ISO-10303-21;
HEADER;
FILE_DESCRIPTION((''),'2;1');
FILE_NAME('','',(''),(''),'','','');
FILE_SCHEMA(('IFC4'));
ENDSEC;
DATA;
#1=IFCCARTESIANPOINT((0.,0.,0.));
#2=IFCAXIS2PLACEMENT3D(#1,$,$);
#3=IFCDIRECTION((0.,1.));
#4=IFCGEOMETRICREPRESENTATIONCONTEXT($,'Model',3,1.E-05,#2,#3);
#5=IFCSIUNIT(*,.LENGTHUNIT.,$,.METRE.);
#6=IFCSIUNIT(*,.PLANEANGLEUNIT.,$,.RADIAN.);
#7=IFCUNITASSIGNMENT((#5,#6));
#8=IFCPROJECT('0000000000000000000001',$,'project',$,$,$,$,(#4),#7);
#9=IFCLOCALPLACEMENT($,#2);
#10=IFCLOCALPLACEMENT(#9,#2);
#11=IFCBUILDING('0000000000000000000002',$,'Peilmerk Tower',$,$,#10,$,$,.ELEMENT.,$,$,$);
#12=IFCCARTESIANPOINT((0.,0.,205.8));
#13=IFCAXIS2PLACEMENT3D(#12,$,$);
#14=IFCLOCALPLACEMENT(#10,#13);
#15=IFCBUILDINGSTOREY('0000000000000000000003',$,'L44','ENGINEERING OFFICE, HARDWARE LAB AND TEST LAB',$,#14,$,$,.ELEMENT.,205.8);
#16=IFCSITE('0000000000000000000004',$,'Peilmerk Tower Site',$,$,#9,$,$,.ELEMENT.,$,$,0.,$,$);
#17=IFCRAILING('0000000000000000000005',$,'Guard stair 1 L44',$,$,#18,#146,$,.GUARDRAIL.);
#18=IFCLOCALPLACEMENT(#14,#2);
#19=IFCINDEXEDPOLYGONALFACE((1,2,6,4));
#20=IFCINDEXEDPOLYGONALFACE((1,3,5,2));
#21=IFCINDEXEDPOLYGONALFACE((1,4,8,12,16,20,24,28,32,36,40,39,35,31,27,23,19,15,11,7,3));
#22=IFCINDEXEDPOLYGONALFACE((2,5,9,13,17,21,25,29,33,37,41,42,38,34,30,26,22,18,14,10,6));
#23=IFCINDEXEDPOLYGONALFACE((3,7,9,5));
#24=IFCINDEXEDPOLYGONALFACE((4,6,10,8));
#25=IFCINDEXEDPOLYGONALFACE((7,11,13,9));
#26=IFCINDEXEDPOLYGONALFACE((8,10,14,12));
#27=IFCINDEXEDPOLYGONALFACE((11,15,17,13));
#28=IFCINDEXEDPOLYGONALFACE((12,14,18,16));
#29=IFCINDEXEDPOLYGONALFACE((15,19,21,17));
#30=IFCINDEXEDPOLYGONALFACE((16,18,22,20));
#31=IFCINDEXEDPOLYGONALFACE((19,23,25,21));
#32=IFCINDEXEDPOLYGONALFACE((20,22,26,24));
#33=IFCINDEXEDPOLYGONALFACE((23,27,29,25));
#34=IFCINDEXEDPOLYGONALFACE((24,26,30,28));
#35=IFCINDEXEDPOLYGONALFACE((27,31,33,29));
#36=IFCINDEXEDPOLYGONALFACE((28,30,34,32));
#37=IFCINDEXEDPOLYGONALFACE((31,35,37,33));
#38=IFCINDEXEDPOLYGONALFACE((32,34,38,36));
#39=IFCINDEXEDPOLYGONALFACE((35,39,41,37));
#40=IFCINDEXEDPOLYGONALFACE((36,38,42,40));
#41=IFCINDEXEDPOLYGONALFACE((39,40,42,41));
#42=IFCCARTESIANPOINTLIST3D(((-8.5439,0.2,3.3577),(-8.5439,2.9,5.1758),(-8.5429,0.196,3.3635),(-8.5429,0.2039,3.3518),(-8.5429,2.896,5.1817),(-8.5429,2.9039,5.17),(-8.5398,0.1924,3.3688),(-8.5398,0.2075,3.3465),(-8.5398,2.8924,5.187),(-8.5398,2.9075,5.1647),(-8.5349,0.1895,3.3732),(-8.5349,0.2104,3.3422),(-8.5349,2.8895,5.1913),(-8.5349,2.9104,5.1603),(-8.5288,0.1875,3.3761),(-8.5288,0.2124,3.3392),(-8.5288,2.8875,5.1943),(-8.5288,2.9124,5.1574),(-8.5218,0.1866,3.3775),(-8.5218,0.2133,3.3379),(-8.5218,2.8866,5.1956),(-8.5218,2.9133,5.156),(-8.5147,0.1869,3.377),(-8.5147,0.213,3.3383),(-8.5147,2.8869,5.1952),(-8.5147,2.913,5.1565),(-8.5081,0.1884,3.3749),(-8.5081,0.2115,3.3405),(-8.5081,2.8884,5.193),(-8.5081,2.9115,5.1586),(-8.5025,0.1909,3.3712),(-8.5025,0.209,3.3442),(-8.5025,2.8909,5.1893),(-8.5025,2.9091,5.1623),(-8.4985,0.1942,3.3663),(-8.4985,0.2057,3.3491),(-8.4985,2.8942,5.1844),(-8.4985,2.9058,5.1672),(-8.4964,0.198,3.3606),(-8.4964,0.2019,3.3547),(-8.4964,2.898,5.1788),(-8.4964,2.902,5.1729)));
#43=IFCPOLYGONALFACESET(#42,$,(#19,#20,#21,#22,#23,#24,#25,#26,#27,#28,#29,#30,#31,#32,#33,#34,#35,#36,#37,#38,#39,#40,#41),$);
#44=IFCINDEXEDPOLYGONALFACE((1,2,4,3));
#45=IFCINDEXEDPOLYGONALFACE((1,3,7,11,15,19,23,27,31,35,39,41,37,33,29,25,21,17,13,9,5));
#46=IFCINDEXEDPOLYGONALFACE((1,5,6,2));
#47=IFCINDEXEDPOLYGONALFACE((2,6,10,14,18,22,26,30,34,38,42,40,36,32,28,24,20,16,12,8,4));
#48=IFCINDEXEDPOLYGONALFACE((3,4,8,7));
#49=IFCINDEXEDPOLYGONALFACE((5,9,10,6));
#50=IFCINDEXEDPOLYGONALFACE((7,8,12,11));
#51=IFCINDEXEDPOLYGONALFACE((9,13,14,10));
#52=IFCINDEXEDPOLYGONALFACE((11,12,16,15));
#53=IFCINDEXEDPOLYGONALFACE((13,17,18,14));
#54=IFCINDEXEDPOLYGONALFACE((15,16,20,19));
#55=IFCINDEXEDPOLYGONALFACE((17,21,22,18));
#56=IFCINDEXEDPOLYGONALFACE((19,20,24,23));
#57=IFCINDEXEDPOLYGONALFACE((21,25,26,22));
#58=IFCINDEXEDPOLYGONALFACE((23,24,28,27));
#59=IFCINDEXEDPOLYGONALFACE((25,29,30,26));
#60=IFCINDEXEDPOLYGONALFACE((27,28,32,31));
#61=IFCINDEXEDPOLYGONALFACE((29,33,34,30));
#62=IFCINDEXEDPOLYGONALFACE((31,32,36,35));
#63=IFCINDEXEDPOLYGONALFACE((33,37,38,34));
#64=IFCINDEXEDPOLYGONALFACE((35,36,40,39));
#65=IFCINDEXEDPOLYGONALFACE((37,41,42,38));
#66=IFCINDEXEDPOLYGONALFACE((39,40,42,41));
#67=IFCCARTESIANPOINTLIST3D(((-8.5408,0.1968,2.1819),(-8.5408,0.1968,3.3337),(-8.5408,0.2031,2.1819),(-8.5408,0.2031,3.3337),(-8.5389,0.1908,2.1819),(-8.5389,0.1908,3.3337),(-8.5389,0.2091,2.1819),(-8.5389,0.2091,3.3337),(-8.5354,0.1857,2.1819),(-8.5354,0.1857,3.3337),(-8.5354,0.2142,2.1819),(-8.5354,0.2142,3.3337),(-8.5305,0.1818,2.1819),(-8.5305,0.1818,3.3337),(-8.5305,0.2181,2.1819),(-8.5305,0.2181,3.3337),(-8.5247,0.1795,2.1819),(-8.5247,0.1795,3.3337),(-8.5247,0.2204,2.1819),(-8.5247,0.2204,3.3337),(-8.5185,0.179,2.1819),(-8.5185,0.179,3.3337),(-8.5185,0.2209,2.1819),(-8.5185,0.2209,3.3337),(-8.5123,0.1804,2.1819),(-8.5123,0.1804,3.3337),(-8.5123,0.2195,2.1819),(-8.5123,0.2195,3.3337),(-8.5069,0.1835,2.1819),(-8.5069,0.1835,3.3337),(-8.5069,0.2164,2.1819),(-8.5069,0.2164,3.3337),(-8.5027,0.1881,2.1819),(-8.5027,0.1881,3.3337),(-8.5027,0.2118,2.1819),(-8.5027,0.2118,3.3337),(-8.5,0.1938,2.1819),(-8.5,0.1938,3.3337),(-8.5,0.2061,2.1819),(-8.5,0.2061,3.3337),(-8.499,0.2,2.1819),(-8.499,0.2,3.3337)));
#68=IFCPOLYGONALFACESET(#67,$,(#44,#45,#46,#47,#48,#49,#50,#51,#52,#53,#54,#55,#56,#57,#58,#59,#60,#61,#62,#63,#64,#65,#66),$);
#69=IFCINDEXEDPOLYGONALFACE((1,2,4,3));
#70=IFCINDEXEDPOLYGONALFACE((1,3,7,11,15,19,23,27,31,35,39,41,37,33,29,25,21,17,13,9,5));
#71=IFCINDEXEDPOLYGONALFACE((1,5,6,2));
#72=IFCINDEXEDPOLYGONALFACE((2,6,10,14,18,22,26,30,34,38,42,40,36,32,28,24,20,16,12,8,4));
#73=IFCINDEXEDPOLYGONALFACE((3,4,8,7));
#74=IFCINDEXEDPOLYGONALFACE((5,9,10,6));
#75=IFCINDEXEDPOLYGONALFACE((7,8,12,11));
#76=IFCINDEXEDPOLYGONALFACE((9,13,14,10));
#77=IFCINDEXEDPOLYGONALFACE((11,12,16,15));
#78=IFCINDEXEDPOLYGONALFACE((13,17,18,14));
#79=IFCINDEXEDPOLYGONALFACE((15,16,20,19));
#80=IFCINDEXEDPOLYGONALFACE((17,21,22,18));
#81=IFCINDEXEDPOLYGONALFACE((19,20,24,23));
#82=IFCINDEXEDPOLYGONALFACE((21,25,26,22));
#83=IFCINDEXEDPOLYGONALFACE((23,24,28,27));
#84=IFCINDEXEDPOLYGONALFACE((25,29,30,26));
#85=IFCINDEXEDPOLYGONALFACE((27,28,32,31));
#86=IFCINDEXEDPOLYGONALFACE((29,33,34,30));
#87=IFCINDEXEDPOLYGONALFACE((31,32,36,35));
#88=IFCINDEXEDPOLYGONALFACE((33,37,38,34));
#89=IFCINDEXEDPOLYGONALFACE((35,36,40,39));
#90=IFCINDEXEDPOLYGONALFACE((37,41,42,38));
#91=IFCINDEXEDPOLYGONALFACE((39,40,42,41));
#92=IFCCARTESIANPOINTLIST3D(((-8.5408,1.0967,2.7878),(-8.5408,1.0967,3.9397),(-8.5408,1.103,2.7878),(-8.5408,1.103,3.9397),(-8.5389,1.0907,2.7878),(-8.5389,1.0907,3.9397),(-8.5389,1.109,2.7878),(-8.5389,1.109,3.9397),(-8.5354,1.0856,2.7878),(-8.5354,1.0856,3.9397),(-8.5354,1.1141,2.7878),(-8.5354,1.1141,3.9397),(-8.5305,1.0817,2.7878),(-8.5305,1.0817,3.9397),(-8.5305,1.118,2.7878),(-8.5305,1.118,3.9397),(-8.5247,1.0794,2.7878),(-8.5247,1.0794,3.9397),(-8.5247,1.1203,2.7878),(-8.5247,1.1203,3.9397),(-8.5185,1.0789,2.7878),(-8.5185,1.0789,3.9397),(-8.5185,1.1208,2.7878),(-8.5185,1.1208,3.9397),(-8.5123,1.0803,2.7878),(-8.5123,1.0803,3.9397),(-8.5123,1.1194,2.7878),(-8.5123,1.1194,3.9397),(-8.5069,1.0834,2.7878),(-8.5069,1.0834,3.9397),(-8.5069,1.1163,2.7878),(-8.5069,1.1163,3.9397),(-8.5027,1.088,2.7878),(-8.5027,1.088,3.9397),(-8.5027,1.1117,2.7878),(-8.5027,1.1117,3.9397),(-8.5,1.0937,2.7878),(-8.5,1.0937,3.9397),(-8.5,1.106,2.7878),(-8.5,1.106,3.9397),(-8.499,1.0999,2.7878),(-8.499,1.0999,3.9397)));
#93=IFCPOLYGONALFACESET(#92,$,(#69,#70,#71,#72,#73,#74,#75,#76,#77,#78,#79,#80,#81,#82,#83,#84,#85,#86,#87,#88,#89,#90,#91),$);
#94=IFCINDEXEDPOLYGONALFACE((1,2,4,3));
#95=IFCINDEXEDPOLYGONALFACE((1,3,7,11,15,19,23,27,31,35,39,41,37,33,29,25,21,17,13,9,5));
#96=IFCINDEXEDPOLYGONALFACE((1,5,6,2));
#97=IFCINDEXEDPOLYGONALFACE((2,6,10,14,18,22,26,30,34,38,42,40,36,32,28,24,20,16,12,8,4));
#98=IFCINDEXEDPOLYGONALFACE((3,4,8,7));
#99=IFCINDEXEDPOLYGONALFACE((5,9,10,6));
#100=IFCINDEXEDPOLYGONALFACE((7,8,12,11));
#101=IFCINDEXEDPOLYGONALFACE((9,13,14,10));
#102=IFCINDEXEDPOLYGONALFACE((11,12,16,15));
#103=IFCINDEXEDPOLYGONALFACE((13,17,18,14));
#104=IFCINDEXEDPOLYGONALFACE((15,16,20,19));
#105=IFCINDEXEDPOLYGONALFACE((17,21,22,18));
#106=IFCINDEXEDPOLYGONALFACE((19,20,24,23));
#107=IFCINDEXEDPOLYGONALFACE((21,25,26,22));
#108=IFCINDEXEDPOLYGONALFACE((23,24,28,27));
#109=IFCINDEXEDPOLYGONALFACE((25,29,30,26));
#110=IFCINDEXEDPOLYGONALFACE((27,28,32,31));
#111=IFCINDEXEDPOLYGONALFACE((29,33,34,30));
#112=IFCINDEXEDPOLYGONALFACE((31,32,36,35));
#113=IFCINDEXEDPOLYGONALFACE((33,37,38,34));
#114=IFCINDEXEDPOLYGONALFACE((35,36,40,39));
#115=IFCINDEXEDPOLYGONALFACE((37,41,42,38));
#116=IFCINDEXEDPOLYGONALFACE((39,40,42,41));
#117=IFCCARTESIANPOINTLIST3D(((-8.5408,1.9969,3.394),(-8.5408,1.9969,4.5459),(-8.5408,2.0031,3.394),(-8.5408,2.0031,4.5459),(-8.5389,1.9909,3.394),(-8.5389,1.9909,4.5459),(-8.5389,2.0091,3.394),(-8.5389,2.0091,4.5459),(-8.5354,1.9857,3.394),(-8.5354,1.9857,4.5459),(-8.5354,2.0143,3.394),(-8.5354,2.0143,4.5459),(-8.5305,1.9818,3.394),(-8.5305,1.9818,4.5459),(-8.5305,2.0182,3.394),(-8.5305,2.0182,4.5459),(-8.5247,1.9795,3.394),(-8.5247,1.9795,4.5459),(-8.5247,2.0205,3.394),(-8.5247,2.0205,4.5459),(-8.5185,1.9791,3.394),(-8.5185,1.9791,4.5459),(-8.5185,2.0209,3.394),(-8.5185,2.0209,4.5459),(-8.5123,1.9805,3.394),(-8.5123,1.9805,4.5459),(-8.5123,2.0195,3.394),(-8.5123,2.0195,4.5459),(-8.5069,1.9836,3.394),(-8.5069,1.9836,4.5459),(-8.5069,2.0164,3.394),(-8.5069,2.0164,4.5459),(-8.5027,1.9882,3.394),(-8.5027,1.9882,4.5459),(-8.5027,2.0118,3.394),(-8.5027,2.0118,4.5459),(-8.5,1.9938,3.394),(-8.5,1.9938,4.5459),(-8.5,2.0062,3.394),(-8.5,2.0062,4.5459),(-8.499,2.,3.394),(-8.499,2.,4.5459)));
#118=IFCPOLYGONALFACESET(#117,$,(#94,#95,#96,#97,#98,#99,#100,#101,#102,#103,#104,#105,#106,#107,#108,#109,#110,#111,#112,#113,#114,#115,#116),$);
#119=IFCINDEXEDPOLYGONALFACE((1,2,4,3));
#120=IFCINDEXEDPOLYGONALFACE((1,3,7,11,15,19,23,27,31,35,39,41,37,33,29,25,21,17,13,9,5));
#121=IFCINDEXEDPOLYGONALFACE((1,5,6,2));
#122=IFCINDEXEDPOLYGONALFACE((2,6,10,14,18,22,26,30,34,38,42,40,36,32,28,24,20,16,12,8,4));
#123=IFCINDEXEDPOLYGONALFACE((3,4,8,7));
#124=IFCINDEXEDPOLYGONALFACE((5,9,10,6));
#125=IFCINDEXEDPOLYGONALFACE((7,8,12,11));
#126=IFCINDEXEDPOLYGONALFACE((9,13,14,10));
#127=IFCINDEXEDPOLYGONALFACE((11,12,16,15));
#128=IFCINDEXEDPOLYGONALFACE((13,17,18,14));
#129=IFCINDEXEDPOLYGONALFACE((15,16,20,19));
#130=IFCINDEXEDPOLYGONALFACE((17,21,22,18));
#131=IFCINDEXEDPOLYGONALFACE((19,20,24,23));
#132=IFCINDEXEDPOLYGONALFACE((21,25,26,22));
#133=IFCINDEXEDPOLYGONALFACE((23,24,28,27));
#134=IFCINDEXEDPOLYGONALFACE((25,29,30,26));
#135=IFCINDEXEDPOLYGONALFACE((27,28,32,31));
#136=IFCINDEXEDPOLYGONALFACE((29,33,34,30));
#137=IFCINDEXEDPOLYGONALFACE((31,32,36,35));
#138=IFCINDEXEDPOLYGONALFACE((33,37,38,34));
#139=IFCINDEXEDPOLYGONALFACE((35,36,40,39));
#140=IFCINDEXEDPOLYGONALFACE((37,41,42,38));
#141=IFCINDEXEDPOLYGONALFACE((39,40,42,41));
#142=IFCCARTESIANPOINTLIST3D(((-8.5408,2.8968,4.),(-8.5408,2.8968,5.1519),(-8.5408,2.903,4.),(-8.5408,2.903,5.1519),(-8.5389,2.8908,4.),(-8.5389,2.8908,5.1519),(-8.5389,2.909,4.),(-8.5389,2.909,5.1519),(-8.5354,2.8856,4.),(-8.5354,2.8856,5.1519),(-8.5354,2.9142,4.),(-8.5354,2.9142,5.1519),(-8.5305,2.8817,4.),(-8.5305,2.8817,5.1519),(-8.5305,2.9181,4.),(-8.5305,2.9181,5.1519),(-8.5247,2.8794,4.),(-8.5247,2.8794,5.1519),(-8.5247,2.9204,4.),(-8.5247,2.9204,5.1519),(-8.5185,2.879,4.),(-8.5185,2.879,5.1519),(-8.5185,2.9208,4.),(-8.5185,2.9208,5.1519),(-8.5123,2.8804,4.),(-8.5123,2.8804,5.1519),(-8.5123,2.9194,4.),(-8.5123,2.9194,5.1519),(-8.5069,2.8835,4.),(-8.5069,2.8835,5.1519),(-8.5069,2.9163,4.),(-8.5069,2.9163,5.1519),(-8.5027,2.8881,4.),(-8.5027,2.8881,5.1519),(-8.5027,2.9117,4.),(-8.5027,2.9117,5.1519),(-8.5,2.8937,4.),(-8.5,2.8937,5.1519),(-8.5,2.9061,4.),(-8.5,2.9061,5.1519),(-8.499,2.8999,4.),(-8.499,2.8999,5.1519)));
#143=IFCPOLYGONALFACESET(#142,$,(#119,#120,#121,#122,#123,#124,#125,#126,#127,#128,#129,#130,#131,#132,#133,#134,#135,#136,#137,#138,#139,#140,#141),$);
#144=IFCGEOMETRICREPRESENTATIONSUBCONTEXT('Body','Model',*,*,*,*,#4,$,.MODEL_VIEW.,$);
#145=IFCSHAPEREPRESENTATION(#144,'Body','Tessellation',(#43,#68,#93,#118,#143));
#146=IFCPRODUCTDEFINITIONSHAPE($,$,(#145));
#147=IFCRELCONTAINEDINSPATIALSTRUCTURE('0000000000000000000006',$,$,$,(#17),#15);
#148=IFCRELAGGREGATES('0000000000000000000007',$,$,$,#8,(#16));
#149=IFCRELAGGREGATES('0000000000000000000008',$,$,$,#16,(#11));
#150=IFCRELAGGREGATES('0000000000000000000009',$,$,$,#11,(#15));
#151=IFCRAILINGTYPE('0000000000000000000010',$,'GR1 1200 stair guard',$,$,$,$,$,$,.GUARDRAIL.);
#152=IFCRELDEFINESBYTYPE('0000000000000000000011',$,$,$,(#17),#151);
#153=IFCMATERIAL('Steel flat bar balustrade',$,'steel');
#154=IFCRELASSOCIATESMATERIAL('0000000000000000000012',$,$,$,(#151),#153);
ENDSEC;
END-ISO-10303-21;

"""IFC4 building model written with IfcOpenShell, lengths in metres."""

from ifc_helpers import new_model, si_unit, direction, frame, origin, origin_2d, place, context, subcontext, project, spatial, circle, extrude, material, type_object, element, save


model = new_model("IFC4")

# Units and contexts
model_context = context("Model", 3, precision=1e-05, world=origin(), true_north=direction((0.0, 1.0)))
body_context = subcontext(model_context, "Body", "Model", "MODEL_VIEW")
ifc_project = project(units=[si_unit("LENGTHUNIT", "METRE"), si_unit("PLANEANGLEUNIT", "RADIAN")], contexts=[model_context])

# Site, building, storey
site_placement = place(None, origin())
site = spatial("IfcSite", under=ifc_project, at=site_placement, Name="Peilmerk Tower Site", CompositionType="ELEMENT", RefElevation=0.0)
building_placement = place(site_placement, origin())
building = spatial("IfcBuilding", under=site, at=building_placement, Name="Peilmerk Tower", CompositionType="ELEMENT")
storey_placement = place(building_placement, frame((0.0, 0.0, 205.8)))
storey = spatial("IfcBuildingStorey", under=building, at=storey_placement, Name="L44", Description="ENGINEERING OFFICE, HARDWARE LAB AND TEST LAB", CompositionType="ELEMENT", Elevation=205.8)

# Railing
ifc_material_1 = material(Name="Steel flat bar balustrade", Category="steel")
railing_type_1 = type_object("IfcRailingType", Name="GR1 1200 stair guard", PredefinedType="GUARDRAIL", material=ifc_material_1)
railing_1_placement = place(storey_placement, frame((-8.52, 0.2, 2.1819)))
element("IfcRailing", 1, at=railing_1_placement, inside=storey, type_object=railing_type_1, Name="Guard stair 1 L44", PredefinedType="GUARDRAIL", context=body_context, shape_type="SweptSolid", body=[
    extrude(circle(Radius=0.0239, at=origin_2d()), frame((0.0, 0.0, 1.1758), z_axis=(0.0, 0.829468, 0.558554), x_axis=(-1.0, 0.0, 0.0)), (0.0, 0.0, 1.0), 3.2551),
    extrude(circle(Radius=0.021, at=origin_2d()), origin(), (0.0, 0.0, 1.0), 1.1519),
    extrude(circle(Radius=0.021, at=origin_2d()), frame((0.0, 0.8999, 0.606)), (0.0, 0.0, 1.0), 1.1519),
    extrude(circle(Radius=0.021, at=origin_2d()), frame((0.0, 1.8, 1.2122)), (0.0, 0.0, 1.0), 1.1519),
    extrude(circle(Radius=0.021, at=origin_2d()), frame((0.0, 2.7, 1.8181)), (0.0, 0.0, 1.0), 1.1519),
])

save(model, "model.ifc")
